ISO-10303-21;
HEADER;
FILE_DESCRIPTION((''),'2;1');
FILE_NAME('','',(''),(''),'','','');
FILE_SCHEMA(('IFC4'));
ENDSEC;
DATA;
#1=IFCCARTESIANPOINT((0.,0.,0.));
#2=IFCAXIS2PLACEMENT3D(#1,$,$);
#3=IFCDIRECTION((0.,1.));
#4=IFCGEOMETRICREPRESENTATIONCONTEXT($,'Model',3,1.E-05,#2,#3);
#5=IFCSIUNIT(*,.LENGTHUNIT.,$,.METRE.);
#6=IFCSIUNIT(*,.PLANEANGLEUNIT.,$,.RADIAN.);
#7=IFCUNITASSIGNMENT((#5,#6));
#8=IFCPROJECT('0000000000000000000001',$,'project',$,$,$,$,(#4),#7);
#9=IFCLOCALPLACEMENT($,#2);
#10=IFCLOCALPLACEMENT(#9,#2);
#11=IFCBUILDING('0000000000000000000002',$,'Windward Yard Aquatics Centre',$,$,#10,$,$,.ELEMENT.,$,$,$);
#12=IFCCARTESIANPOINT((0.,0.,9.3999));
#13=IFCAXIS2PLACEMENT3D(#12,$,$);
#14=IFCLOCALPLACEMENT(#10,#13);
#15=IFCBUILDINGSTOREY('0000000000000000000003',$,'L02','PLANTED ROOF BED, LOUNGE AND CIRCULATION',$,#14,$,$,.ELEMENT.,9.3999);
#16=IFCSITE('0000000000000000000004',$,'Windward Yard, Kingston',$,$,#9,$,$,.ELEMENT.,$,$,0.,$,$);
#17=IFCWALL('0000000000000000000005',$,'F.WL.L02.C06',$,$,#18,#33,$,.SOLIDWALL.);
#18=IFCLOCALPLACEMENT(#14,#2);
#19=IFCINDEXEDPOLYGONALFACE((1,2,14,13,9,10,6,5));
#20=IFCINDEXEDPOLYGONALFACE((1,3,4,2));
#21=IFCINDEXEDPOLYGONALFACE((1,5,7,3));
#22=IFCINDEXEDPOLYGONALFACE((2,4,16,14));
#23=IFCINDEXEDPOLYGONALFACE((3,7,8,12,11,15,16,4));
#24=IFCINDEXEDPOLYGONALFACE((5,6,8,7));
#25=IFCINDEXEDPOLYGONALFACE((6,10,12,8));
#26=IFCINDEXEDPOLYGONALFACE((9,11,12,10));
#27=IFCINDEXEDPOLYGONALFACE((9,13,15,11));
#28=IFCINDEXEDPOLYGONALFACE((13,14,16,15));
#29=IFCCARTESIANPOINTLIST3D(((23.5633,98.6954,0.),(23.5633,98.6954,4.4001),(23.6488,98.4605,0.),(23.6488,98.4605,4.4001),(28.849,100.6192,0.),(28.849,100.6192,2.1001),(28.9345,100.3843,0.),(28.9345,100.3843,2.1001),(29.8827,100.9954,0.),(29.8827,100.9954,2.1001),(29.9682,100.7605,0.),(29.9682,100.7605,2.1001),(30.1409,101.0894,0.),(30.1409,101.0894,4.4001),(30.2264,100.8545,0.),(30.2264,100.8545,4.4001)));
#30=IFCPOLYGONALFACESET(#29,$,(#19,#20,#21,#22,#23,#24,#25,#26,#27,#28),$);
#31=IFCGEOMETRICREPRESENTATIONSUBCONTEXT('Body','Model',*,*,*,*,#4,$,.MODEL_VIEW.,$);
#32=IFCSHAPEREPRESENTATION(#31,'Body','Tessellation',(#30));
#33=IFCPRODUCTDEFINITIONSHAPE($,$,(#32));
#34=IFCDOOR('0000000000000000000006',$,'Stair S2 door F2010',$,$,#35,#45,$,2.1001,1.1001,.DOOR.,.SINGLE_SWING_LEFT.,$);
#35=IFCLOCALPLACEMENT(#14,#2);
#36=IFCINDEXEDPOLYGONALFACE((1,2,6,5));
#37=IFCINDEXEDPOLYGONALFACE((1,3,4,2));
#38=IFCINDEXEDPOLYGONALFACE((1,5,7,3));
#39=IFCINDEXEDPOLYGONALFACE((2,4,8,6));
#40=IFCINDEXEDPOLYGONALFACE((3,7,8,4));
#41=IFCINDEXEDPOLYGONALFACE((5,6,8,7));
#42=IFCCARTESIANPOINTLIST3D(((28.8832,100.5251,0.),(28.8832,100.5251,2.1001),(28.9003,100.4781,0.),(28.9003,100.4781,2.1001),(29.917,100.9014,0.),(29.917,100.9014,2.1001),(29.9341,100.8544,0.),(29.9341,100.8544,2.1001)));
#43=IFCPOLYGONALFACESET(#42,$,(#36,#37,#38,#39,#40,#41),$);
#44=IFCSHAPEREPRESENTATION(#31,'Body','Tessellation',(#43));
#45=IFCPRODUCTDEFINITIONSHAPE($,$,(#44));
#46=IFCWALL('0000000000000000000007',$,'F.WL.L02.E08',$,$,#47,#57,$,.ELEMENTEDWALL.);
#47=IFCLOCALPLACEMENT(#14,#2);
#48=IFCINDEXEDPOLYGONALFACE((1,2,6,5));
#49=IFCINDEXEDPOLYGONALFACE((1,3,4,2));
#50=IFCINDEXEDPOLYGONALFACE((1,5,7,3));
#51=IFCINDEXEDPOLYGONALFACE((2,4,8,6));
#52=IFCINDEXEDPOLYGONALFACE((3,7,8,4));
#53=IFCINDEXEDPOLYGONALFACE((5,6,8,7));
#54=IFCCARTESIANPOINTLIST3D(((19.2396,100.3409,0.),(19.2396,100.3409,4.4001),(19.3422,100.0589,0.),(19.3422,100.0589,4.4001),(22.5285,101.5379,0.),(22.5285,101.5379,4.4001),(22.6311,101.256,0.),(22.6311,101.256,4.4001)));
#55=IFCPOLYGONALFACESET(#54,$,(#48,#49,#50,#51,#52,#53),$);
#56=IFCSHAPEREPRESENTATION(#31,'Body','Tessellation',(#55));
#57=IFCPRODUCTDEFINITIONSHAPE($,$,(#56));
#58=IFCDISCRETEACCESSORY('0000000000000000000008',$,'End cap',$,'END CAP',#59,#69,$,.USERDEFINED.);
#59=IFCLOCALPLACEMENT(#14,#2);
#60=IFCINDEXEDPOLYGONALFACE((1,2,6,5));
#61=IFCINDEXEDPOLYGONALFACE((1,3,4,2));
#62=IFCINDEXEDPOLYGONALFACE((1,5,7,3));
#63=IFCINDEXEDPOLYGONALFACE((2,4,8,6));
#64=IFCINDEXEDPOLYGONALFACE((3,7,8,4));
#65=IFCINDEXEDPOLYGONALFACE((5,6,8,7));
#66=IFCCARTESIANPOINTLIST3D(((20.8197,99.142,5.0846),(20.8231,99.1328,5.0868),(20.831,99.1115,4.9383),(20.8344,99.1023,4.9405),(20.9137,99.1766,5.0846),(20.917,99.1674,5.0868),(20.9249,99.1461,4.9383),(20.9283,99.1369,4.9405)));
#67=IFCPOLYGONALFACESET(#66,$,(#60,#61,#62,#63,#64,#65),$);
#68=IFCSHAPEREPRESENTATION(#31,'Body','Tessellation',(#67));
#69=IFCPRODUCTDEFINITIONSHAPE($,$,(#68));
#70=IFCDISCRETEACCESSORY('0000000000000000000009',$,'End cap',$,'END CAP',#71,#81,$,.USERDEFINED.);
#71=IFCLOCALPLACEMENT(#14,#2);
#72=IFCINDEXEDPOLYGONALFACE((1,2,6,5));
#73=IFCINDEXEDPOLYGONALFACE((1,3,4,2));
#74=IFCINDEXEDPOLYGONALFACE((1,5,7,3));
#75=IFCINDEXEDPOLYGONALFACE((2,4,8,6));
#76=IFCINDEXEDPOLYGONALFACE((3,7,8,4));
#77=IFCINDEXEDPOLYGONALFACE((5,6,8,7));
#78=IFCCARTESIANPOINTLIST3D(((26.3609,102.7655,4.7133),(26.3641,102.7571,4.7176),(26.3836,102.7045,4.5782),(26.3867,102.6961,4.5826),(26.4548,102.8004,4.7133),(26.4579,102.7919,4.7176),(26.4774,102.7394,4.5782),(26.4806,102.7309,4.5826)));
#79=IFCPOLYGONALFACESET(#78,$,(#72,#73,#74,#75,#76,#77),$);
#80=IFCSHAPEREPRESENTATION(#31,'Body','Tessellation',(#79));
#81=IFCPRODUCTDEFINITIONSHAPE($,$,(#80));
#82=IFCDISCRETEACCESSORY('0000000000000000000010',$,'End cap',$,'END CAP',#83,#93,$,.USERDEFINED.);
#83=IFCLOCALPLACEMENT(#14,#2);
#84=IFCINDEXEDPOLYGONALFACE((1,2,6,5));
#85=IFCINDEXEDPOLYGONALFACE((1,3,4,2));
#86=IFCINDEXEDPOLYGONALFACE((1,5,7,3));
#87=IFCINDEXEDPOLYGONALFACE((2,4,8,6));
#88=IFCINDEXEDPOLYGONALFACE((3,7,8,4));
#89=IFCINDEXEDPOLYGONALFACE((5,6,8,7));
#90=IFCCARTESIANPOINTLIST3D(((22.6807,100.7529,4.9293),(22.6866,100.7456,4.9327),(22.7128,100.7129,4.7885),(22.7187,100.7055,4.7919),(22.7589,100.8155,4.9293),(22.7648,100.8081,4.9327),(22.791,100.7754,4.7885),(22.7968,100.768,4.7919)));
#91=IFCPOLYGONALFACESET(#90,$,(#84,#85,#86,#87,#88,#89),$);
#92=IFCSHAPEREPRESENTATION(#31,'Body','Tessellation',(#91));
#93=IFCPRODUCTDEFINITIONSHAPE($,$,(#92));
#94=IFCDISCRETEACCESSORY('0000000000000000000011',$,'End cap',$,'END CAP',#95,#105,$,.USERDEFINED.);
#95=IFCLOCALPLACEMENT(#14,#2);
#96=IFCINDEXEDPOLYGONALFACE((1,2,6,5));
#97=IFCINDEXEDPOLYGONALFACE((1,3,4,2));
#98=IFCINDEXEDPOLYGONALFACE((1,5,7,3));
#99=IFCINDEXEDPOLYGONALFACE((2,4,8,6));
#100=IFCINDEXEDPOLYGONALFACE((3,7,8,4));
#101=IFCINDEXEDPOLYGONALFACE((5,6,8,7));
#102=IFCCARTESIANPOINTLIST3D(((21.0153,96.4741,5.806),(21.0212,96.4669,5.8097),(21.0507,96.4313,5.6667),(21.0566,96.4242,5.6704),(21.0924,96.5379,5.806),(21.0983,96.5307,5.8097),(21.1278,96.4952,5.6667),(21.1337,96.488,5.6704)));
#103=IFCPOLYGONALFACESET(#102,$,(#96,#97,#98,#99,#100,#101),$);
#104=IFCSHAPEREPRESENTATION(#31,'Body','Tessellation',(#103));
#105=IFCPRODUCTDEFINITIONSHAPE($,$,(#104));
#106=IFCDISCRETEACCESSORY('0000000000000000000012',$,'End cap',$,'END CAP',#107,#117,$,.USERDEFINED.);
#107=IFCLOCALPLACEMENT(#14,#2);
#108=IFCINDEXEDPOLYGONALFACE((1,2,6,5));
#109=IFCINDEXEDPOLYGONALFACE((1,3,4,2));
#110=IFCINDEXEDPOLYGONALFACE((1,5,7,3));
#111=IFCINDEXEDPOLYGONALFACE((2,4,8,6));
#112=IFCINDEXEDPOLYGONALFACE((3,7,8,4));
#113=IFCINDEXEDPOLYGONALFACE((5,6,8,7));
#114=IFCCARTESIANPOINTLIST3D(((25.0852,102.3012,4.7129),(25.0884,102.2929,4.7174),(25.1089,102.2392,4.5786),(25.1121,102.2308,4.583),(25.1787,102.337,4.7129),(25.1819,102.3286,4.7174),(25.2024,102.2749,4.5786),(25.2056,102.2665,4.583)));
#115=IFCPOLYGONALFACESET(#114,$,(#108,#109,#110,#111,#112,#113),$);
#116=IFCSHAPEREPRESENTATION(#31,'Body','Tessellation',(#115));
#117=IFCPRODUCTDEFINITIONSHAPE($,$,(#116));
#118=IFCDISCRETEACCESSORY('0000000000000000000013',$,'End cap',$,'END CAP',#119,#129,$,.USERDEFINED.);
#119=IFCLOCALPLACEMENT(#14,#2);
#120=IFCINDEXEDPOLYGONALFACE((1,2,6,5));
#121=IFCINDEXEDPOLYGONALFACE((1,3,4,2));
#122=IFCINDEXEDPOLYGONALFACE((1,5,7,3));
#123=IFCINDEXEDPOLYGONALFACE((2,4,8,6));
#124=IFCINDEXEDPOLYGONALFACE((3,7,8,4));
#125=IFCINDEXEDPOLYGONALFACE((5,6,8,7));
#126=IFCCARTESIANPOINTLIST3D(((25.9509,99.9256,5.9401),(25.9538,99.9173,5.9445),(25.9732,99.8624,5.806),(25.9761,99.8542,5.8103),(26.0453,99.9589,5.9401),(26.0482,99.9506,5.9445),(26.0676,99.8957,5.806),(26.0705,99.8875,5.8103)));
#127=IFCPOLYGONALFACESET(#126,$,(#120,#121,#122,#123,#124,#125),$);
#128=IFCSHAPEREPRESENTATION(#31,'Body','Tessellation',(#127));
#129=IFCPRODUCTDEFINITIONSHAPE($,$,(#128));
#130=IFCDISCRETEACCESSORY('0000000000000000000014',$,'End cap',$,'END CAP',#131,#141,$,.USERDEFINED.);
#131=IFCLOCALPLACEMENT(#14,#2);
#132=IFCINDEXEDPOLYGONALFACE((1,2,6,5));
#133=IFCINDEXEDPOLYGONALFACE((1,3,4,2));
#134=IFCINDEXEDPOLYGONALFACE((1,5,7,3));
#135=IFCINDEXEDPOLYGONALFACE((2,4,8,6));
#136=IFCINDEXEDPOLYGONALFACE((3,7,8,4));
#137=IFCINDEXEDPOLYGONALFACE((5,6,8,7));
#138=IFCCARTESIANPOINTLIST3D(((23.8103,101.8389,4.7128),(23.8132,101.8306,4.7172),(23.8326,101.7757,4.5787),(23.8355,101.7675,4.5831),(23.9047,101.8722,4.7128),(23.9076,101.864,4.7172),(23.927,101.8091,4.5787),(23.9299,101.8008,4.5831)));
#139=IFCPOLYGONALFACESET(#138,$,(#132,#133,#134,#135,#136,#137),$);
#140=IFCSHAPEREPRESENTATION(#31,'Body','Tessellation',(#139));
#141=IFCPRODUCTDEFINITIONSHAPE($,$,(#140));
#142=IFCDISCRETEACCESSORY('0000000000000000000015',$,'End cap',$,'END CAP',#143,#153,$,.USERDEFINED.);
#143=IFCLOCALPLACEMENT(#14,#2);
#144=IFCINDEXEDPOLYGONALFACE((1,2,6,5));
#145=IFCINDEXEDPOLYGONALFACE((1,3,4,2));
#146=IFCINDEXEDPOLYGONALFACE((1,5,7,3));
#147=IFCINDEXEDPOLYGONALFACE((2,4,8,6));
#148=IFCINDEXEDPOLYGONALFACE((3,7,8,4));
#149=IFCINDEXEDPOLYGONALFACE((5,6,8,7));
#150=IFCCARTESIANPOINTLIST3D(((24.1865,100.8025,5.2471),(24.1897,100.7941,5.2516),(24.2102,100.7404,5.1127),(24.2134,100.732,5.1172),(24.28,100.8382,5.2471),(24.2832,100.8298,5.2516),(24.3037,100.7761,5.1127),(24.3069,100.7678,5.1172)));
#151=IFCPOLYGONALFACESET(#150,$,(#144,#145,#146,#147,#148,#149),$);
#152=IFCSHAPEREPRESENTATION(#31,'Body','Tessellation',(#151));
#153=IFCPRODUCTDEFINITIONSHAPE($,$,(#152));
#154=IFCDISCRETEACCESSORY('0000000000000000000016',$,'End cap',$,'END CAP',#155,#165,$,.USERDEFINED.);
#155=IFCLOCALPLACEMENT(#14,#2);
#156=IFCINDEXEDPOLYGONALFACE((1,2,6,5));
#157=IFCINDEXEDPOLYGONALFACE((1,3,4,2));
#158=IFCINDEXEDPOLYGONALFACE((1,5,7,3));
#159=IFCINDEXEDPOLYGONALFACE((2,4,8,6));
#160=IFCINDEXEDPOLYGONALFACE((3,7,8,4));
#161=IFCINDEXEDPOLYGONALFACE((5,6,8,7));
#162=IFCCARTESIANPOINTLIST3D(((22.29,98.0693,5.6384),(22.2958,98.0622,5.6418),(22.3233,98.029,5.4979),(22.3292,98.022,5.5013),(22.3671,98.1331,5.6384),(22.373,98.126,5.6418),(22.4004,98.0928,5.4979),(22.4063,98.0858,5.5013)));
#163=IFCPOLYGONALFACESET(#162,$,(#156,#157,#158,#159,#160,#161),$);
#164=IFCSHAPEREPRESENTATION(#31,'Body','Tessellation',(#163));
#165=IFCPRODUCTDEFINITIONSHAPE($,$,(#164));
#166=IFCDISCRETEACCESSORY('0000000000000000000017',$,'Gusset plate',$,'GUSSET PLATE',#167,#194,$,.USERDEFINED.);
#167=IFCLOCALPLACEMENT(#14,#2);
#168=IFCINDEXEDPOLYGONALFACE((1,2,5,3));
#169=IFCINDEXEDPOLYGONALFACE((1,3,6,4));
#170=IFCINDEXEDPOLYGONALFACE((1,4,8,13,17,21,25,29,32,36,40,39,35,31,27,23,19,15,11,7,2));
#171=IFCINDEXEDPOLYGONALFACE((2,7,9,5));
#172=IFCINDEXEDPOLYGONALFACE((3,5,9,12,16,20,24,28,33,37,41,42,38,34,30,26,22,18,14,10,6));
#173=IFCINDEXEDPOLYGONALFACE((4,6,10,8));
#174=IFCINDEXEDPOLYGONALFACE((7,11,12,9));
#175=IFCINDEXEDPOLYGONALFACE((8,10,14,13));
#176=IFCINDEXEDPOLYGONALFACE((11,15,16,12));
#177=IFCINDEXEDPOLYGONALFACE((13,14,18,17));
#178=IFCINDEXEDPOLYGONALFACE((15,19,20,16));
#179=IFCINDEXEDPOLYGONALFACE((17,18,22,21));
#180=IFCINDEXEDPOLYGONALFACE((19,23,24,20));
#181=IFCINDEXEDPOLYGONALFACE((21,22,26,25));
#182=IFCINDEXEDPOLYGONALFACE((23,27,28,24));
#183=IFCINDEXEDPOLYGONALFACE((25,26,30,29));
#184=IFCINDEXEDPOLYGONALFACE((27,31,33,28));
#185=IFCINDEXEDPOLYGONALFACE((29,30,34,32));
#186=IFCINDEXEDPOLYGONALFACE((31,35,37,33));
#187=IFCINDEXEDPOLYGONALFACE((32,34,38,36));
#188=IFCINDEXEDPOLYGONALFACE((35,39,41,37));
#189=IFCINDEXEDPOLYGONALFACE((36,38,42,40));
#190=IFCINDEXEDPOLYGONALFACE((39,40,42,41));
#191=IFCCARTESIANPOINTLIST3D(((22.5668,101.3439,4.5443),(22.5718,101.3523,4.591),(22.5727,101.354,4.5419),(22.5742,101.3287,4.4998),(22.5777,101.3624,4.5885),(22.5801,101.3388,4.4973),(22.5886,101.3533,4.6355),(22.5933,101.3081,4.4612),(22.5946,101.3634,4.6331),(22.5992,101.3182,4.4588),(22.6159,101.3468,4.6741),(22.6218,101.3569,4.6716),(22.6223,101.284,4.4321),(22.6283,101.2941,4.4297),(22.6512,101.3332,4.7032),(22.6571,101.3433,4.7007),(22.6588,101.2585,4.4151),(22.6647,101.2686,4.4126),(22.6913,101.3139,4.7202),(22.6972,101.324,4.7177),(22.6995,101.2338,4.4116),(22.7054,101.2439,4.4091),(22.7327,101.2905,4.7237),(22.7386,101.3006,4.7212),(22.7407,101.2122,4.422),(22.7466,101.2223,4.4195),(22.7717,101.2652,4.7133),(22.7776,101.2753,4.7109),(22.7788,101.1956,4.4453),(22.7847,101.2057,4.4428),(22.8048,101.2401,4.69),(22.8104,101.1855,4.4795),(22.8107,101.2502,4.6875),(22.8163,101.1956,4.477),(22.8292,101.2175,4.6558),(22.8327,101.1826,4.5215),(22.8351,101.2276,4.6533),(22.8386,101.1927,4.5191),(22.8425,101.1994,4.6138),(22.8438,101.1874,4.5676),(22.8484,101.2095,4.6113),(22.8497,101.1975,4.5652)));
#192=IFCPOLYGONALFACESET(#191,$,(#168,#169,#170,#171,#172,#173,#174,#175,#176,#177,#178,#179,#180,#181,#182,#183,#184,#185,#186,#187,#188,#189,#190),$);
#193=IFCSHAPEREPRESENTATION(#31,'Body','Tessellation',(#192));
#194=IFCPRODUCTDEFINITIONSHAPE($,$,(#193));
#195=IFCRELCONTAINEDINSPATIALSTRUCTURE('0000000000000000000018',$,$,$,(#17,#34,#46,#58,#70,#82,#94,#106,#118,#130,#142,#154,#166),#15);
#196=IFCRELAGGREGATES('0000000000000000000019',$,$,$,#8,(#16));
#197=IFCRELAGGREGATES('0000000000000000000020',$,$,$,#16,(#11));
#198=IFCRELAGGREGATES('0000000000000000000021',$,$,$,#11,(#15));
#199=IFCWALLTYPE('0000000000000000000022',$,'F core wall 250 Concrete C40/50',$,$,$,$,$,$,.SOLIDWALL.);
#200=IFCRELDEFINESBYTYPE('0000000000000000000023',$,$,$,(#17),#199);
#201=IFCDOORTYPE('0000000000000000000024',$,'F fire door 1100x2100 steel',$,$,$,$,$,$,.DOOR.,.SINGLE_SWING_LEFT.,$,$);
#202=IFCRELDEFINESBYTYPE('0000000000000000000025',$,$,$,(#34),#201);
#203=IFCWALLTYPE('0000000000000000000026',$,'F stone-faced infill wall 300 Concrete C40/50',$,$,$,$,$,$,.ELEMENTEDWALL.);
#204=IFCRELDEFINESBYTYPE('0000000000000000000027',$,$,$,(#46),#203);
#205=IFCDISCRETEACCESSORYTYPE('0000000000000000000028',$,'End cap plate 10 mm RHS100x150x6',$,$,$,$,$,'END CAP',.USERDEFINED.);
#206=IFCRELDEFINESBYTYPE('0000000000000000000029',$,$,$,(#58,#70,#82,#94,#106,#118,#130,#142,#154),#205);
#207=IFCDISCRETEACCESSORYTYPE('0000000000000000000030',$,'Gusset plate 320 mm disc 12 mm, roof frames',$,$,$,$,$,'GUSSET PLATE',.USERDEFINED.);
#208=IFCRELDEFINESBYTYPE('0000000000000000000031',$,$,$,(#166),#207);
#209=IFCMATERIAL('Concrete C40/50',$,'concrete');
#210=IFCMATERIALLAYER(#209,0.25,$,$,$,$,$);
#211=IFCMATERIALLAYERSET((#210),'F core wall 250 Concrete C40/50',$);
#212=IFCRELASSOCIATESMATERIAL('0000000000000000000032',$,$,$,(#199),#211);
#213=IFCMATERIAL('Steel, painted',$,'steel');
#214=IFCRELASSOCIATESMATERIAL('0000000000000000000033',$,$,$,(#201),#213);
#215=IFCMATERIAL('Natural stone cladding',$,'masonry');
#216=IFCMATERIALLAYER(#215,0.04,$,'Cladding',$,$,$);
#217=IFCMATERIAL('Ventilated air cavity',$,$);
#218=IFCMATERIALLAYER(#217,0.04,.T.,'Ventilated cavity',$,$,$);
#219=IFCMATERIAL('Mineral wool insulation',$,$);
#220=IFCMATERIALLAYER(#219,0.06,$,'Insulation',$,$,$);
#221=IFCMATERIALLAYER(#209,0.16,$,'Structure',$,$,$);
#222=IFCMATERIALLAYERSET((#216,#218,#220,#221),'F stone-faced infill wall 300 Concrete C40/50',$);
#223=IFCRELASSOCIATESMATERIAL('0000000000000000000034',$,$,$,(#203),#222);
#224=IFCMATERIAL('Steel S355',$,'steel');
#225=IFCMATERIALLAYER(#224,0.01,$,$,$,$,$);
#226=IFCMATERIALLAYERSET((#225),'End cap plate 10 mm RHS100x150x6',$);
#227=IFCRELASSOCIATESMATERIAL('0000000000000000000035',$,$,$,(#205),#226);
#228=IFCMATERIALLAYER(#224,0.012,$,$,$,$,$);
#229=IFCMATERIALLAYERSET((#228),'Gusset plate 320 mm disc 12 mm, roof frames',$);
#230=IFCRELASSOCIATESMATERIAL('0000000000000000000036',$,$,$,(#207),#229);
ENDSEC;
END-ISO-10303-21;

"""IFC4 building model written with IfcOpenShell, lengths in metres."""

from ifc_helpers import new_model, si_unit, direction, frame, frame_2d, origin, origin_2d, place, context, subcontext, project, spatial, rectangle, circle, extrude, material, layer, layer_set, type_object, element, fill, save


model = new_model("IFC4")

# Units and contexts
model_context = context("Model", 3, precision=1e-05, world=origin(), true_north=direction((0.0, 1.0)))
body_context = subcontext(model_context, "Body", "Model", "MODEL_VIEW")
ifc_project = project(units=[si_unit("LENGTHUNIT", "METRE"), si_unit("PLANEANGLEUNIT", "RADIAN")], contexts=[model_context])

# Site, building, storey
site_placement = place(None, origin())
site = spatial("IfcSite", under=ifc_project, at=site_placement, Name="Windward Yard, Kingston", CompositionType="ELEMENT", RefElevation=0.0)
building_placement = place(site_placement, origin())
building = spatial("IfcBuilding", under=site, at=building_placement, Name="Windward Yard Aquatics Centre", CompositionType="ELEMENT")
storey_placement = place(building_placement, frame((0.0, 0.0, 9.3999)))
storey = spatial("IfcBuildingStorey", under=building, at=storey_placement, Name="L02", Description="PLANTED ROOF BED, LOUNGE AND CIRCULATION", CompositionType="ELEMENT", Elevation=9.3999)

# Shared definitions
ifc_material_1 = material(Name="Steel S355", Category="steel")

# Shared definitions
ifc_material_2 = material(Name="Concrete C40/50", Category="concrete")
ifc_layer_1 = layer(ifc_material_2, 0.25)
ifc_layer_set_1 = layer_set([ifc_layer_1], Name="F core wall 250 Concrete C40/50")
wall_type_1 = type_object("IfcWallType", Name="F core wall 250 Concrete C40/50", PredefinedType="SOLIDWALL", material=ifc_layer_set_1)

# Wall, opening, door
wall_1_placement = place(storey_placement, frame((23.606, 98.5779, 0.0), z_axis=(0.0, 0.0, 1.0), x_axis=(0.939694, 0.342017, 0.0)))
wall_1 = element("IfcWall", 1, at=wall_1_placement, inside=storey, type_object=wall_type_1, Name="F.WL.L02.C06", PredefinedType="SOLIDWALL", context=body_context, shape_type="SweptSolid", body=[
    extrude(rectangle(XDim=6.9998, YDim=0.25, at=frame_2d((3.5, 0.0))), origin(), (0.0, 0.0, 1.0), 4.4001),
])
opening_placement = place(wall_1_placement, frame((5.625, 0.0, 0.0)))
opening = element("IfcOpeningElement", 2, at=opening_placement, cuts=wall_1, PredefinedType="OPENING", context=body_context, shape_type="SweptSolid", body=[
    extrude(rectangle(XDim=1.1001, YDim=2.1001, at=frame_2d((0.55, 1.05))), frame((0.0, 0.135, 0.0), z_axis=(0.0, -1.0, 0.0), x_axis=(1.0, 0.0, 0.0)), (0.0, 0.0, 1.0), 0.27),
])
ifc_material_3 = material(Name="Steel, painted", Category="steel")
door_type = type_object("IfcDoorType", Name="F fire door 1100x2100 steel", OperationType="SINGLE_SWING_LEFT", PredefinedType="DOOR", material=ifc_material_3)
door_placement = place(opening_placement, origin())
door = element("IfcDoor", 3, at=door_placement, inside=storey, type_object=door_type, Name="Stair S2 door F2010", OperationType="SINGLE_SWING_LEFT", OverallHeight=2.1001, OverallWidth=1.1001, PredefinedType="DOOR", context=body_context, shape_type="SweptSolid", body=[
    extrude(rectangle(XDim=1.1001, YDim=2.1001, at=frame_2d((0.55, 1.05))), frame((0.0, 0.0249, 0.0), z_axis=(0.0, -1.0, 0.0), x_axis=(1.0, 0.0, 0.0)), (0.0, 0.0, 1.0), 0.05),
])
fill(opening, door)

# Wall
ifc_material_4 = material(Name="Natural stone cladding", Category="masonry")
ifc_layer_2 = layer(ifc_material_4, 0.04, Name="Cladding")
ifc_material_5 = material(Name="Ventilated air cavity")
ifc_layer_3 = layer(ifc_material_5, 0.04, ventilated=True, Name="Ventilated cavity")
ifc_material_6 = material(Name="Mineral wool insulation")
ifc_layer_4 = layer(ifc_material_6, 0.06, Name="Insulation")
ifc_layer_5 = layer(ifc_material_2, 0.16, Name="Structure")
ifc_layer_set_2 = layer_set([ifc_layer_2, ifc_layer_3, ifc_layer_4, ifc_layer_5], Name="F stone-faced infill wall 300 Concrete C40/50")
wall_type_2 = type_object("IfcWallType", Name="F stone-faced infill wall 300 Concrete C40/50", PredefinedType="ELEMENTEDWALL", material=ifc_layer_set_2)
wall_2_placement = place(storey_placement, frame((22.5798, 101.397, 0.0), z_axis=(0.0, 0.0, 1.0), x_axis=(-0.939694, -0.342017, 0.0)))
element("IfcWall", 4, at=wall_2_placement, inside=storey, type_object=wall_type_2, Name="F.WL.L02.E08", PredefinedType="ELEMENTEDWALL", context=body_context, shape_type="SweptSolid", body=[
    extrude(rectangle(XDim=3.5, YDim=0.3, at=frame_2d((1.75, 0.0))), origin(), (0.0, 0.0, 1.0), 4.4001),
])

# Discrete accessories
ifc_layer_6 = layer(ifc_material_1, 0.01)
ifc_layer_set_3 = layer_set([ifc_layer_6], Name="End cap plate 10 mm RHS100x150x6")
discrete_accessory_type_1 = type_object("IfcDiscreteAccessoryType", Name="End cap plate 10 mm RHS100x150x6", ElementType="END CAP", PredefinedType="USERDEFINED", material=ifc_layer_set_3)
for number, where, z_axis, x_axis, name in (
    (5, (20.8723, 99.144, 5.0115), (0.337472, -0.915995, 0.216946), (0.938343, 0.345705, 0.0), "End cap"),
    (6, (26.4192, 102.7524, 4.6458), (0.31364, -0.844416, 0.434271), (0.937425, 0.348187, 0.0), "End cap"),
    (7, (22.7358, 100.7642, 4.8589), (0.586939, -0.733674, 0.342381), (0.780869, 0.624695, 0.0), "End cap"),
    (8, (21.0715, 96.4846, 5.7363), (0.592277, -0.715668, 0.370173), (0.770394, 0.637568, 0.0), "End cap"),
    (9, (25.1438, 102.2881, 4.6458), (0.320135, -0.837276, 0.443264), (0.934052, 0.357137, 0.0), "End cap"),
):
    element("IfcDiscreteAccessory", number, at=place(storey_placement, frame(where, z_axis=z_axis, x_axis=x_axis)), inside=storey, type_object=discrete_accessory_type_1, Name=name, ObjectType="END CAP", PredefinedType="USERDEFINED", context=body_context, shape_type="SweptSolid", body=[
        extrude(rectangle(XDim=0.1001, YDim=0.1499, at=origin_2d()), origin(), (0.0, 0.0, 1.0), 0.01),
    ])
for number, where, z_axis, x_axis, name in (
    (10, (26.0093, 99.9106, 5.873), (0.297775, -0.843696, 0.446663), (0.94299, 0.33282, 0.0), "End cap"),
    (11, (23.8687, 101.824, 4.6458), (0.297775, -0.843696, 0.446663), (0.94299, 0.33282, 0.0), "End cap"),
):
    element("IfcDiscreteAccessory", number, at=place(storey_placement, frame(where, z_axis=z_axis, x_axis=x_axis)), inside=storey, type_object=discrete_accessory_type_1, Name=name, ObjectType="END CAP", PredefinedType="USERDEFINED", context=body_context, shape_type="SweptSolid", body=[
        extrude(rectangle(XDim=0.1001, YDim=0.1499, at=origin_2d()), origin(), (0.0, 0.0, 1.0), 0.0098),
    ])
discrete_accessory_1_placement = place(storey_placement, frame((24.2451, 100.7893, 5.1799), z_axis=(0.320135, -0.837276, 0.443264), x_axis=(0.934052, 0.357137, 0.0)))
element("IfcDiscreteAccessory", 12, at=discrete_accessory_1_placement, inside=storey, type_object=discrete_accessory_type_1, Name="End cap", ObjectType="END CAP", PredefinedType="USERDEFINED", context=body_context, shape_type="SweptSolid", body=[
    extrude(rectangle(XDim=0.1001, YDim=0.1499, at=origin_2d()), origin(), (0.0, 0.0, 1.0), 0.01),
])
discrete_accessory_2_placement = place(storey_placement, frame((22.3452, 98.0811, 5.5681), z_axis=(0.597577, -0.722073, 0.348587), x_axis=(0.770394, 0.637568, 0.0)))
element("IfcDiscreteAccessory", 13, at=discrete_accessory_2_placement, inside=storey, type_object=discrete_accessory_type_1, Name="End cap", ObjectType="END CAP", PredefinedType="USERDEFINED", context=body_context, shape_type="SweptSolid", body=[
    extrude(rectangle(XDim=0.1001, YDim=0.1499, at=origin_2d()), origin(), (0.0, 0.0, 1.0), 0.0098),
])
ifc_layer_7 = layer(ifc_material_1, 0.012)
ifc_layer_set_4 = layer_set([ifc_layer_7], Name="Gusset plate 320 mm disc 12 mm, roof frames")
discrete_accessory_type_2 = type_object("IfcDiscreteAccessoryType", Name="Gusset plate 320 mm disc 12 mm, roof frames", ElementType="GUSSET PLATE", PredefinedType="USERDEFINED", material=ifc_layer_set_4)
discrete_accessory_3_placement = place(storey_placement, frame((22.7117, 101.2783, 4.5652), z_axis=(-0.494346, -0.844509, 0.205978), x_axis=(0.863014, -0.505179, 0.0)))
element("IfcDiscreteAccessory", 14, at=discrete_accessory_3_placement, inside=storey, type_object=discrete_accessory_type_2, Name="Gusset plate", ObjectType="GUSSET PLATE", PredefinedType="USERDEFINED", context=body_context, shape_type="SweptSolid", body=[
    extrude(circle(Radius=0.1599, at=origin_2d()), origin(), (0.0, 0.0, 1.0), 0.012),
])

save(model, "model.ifc")
